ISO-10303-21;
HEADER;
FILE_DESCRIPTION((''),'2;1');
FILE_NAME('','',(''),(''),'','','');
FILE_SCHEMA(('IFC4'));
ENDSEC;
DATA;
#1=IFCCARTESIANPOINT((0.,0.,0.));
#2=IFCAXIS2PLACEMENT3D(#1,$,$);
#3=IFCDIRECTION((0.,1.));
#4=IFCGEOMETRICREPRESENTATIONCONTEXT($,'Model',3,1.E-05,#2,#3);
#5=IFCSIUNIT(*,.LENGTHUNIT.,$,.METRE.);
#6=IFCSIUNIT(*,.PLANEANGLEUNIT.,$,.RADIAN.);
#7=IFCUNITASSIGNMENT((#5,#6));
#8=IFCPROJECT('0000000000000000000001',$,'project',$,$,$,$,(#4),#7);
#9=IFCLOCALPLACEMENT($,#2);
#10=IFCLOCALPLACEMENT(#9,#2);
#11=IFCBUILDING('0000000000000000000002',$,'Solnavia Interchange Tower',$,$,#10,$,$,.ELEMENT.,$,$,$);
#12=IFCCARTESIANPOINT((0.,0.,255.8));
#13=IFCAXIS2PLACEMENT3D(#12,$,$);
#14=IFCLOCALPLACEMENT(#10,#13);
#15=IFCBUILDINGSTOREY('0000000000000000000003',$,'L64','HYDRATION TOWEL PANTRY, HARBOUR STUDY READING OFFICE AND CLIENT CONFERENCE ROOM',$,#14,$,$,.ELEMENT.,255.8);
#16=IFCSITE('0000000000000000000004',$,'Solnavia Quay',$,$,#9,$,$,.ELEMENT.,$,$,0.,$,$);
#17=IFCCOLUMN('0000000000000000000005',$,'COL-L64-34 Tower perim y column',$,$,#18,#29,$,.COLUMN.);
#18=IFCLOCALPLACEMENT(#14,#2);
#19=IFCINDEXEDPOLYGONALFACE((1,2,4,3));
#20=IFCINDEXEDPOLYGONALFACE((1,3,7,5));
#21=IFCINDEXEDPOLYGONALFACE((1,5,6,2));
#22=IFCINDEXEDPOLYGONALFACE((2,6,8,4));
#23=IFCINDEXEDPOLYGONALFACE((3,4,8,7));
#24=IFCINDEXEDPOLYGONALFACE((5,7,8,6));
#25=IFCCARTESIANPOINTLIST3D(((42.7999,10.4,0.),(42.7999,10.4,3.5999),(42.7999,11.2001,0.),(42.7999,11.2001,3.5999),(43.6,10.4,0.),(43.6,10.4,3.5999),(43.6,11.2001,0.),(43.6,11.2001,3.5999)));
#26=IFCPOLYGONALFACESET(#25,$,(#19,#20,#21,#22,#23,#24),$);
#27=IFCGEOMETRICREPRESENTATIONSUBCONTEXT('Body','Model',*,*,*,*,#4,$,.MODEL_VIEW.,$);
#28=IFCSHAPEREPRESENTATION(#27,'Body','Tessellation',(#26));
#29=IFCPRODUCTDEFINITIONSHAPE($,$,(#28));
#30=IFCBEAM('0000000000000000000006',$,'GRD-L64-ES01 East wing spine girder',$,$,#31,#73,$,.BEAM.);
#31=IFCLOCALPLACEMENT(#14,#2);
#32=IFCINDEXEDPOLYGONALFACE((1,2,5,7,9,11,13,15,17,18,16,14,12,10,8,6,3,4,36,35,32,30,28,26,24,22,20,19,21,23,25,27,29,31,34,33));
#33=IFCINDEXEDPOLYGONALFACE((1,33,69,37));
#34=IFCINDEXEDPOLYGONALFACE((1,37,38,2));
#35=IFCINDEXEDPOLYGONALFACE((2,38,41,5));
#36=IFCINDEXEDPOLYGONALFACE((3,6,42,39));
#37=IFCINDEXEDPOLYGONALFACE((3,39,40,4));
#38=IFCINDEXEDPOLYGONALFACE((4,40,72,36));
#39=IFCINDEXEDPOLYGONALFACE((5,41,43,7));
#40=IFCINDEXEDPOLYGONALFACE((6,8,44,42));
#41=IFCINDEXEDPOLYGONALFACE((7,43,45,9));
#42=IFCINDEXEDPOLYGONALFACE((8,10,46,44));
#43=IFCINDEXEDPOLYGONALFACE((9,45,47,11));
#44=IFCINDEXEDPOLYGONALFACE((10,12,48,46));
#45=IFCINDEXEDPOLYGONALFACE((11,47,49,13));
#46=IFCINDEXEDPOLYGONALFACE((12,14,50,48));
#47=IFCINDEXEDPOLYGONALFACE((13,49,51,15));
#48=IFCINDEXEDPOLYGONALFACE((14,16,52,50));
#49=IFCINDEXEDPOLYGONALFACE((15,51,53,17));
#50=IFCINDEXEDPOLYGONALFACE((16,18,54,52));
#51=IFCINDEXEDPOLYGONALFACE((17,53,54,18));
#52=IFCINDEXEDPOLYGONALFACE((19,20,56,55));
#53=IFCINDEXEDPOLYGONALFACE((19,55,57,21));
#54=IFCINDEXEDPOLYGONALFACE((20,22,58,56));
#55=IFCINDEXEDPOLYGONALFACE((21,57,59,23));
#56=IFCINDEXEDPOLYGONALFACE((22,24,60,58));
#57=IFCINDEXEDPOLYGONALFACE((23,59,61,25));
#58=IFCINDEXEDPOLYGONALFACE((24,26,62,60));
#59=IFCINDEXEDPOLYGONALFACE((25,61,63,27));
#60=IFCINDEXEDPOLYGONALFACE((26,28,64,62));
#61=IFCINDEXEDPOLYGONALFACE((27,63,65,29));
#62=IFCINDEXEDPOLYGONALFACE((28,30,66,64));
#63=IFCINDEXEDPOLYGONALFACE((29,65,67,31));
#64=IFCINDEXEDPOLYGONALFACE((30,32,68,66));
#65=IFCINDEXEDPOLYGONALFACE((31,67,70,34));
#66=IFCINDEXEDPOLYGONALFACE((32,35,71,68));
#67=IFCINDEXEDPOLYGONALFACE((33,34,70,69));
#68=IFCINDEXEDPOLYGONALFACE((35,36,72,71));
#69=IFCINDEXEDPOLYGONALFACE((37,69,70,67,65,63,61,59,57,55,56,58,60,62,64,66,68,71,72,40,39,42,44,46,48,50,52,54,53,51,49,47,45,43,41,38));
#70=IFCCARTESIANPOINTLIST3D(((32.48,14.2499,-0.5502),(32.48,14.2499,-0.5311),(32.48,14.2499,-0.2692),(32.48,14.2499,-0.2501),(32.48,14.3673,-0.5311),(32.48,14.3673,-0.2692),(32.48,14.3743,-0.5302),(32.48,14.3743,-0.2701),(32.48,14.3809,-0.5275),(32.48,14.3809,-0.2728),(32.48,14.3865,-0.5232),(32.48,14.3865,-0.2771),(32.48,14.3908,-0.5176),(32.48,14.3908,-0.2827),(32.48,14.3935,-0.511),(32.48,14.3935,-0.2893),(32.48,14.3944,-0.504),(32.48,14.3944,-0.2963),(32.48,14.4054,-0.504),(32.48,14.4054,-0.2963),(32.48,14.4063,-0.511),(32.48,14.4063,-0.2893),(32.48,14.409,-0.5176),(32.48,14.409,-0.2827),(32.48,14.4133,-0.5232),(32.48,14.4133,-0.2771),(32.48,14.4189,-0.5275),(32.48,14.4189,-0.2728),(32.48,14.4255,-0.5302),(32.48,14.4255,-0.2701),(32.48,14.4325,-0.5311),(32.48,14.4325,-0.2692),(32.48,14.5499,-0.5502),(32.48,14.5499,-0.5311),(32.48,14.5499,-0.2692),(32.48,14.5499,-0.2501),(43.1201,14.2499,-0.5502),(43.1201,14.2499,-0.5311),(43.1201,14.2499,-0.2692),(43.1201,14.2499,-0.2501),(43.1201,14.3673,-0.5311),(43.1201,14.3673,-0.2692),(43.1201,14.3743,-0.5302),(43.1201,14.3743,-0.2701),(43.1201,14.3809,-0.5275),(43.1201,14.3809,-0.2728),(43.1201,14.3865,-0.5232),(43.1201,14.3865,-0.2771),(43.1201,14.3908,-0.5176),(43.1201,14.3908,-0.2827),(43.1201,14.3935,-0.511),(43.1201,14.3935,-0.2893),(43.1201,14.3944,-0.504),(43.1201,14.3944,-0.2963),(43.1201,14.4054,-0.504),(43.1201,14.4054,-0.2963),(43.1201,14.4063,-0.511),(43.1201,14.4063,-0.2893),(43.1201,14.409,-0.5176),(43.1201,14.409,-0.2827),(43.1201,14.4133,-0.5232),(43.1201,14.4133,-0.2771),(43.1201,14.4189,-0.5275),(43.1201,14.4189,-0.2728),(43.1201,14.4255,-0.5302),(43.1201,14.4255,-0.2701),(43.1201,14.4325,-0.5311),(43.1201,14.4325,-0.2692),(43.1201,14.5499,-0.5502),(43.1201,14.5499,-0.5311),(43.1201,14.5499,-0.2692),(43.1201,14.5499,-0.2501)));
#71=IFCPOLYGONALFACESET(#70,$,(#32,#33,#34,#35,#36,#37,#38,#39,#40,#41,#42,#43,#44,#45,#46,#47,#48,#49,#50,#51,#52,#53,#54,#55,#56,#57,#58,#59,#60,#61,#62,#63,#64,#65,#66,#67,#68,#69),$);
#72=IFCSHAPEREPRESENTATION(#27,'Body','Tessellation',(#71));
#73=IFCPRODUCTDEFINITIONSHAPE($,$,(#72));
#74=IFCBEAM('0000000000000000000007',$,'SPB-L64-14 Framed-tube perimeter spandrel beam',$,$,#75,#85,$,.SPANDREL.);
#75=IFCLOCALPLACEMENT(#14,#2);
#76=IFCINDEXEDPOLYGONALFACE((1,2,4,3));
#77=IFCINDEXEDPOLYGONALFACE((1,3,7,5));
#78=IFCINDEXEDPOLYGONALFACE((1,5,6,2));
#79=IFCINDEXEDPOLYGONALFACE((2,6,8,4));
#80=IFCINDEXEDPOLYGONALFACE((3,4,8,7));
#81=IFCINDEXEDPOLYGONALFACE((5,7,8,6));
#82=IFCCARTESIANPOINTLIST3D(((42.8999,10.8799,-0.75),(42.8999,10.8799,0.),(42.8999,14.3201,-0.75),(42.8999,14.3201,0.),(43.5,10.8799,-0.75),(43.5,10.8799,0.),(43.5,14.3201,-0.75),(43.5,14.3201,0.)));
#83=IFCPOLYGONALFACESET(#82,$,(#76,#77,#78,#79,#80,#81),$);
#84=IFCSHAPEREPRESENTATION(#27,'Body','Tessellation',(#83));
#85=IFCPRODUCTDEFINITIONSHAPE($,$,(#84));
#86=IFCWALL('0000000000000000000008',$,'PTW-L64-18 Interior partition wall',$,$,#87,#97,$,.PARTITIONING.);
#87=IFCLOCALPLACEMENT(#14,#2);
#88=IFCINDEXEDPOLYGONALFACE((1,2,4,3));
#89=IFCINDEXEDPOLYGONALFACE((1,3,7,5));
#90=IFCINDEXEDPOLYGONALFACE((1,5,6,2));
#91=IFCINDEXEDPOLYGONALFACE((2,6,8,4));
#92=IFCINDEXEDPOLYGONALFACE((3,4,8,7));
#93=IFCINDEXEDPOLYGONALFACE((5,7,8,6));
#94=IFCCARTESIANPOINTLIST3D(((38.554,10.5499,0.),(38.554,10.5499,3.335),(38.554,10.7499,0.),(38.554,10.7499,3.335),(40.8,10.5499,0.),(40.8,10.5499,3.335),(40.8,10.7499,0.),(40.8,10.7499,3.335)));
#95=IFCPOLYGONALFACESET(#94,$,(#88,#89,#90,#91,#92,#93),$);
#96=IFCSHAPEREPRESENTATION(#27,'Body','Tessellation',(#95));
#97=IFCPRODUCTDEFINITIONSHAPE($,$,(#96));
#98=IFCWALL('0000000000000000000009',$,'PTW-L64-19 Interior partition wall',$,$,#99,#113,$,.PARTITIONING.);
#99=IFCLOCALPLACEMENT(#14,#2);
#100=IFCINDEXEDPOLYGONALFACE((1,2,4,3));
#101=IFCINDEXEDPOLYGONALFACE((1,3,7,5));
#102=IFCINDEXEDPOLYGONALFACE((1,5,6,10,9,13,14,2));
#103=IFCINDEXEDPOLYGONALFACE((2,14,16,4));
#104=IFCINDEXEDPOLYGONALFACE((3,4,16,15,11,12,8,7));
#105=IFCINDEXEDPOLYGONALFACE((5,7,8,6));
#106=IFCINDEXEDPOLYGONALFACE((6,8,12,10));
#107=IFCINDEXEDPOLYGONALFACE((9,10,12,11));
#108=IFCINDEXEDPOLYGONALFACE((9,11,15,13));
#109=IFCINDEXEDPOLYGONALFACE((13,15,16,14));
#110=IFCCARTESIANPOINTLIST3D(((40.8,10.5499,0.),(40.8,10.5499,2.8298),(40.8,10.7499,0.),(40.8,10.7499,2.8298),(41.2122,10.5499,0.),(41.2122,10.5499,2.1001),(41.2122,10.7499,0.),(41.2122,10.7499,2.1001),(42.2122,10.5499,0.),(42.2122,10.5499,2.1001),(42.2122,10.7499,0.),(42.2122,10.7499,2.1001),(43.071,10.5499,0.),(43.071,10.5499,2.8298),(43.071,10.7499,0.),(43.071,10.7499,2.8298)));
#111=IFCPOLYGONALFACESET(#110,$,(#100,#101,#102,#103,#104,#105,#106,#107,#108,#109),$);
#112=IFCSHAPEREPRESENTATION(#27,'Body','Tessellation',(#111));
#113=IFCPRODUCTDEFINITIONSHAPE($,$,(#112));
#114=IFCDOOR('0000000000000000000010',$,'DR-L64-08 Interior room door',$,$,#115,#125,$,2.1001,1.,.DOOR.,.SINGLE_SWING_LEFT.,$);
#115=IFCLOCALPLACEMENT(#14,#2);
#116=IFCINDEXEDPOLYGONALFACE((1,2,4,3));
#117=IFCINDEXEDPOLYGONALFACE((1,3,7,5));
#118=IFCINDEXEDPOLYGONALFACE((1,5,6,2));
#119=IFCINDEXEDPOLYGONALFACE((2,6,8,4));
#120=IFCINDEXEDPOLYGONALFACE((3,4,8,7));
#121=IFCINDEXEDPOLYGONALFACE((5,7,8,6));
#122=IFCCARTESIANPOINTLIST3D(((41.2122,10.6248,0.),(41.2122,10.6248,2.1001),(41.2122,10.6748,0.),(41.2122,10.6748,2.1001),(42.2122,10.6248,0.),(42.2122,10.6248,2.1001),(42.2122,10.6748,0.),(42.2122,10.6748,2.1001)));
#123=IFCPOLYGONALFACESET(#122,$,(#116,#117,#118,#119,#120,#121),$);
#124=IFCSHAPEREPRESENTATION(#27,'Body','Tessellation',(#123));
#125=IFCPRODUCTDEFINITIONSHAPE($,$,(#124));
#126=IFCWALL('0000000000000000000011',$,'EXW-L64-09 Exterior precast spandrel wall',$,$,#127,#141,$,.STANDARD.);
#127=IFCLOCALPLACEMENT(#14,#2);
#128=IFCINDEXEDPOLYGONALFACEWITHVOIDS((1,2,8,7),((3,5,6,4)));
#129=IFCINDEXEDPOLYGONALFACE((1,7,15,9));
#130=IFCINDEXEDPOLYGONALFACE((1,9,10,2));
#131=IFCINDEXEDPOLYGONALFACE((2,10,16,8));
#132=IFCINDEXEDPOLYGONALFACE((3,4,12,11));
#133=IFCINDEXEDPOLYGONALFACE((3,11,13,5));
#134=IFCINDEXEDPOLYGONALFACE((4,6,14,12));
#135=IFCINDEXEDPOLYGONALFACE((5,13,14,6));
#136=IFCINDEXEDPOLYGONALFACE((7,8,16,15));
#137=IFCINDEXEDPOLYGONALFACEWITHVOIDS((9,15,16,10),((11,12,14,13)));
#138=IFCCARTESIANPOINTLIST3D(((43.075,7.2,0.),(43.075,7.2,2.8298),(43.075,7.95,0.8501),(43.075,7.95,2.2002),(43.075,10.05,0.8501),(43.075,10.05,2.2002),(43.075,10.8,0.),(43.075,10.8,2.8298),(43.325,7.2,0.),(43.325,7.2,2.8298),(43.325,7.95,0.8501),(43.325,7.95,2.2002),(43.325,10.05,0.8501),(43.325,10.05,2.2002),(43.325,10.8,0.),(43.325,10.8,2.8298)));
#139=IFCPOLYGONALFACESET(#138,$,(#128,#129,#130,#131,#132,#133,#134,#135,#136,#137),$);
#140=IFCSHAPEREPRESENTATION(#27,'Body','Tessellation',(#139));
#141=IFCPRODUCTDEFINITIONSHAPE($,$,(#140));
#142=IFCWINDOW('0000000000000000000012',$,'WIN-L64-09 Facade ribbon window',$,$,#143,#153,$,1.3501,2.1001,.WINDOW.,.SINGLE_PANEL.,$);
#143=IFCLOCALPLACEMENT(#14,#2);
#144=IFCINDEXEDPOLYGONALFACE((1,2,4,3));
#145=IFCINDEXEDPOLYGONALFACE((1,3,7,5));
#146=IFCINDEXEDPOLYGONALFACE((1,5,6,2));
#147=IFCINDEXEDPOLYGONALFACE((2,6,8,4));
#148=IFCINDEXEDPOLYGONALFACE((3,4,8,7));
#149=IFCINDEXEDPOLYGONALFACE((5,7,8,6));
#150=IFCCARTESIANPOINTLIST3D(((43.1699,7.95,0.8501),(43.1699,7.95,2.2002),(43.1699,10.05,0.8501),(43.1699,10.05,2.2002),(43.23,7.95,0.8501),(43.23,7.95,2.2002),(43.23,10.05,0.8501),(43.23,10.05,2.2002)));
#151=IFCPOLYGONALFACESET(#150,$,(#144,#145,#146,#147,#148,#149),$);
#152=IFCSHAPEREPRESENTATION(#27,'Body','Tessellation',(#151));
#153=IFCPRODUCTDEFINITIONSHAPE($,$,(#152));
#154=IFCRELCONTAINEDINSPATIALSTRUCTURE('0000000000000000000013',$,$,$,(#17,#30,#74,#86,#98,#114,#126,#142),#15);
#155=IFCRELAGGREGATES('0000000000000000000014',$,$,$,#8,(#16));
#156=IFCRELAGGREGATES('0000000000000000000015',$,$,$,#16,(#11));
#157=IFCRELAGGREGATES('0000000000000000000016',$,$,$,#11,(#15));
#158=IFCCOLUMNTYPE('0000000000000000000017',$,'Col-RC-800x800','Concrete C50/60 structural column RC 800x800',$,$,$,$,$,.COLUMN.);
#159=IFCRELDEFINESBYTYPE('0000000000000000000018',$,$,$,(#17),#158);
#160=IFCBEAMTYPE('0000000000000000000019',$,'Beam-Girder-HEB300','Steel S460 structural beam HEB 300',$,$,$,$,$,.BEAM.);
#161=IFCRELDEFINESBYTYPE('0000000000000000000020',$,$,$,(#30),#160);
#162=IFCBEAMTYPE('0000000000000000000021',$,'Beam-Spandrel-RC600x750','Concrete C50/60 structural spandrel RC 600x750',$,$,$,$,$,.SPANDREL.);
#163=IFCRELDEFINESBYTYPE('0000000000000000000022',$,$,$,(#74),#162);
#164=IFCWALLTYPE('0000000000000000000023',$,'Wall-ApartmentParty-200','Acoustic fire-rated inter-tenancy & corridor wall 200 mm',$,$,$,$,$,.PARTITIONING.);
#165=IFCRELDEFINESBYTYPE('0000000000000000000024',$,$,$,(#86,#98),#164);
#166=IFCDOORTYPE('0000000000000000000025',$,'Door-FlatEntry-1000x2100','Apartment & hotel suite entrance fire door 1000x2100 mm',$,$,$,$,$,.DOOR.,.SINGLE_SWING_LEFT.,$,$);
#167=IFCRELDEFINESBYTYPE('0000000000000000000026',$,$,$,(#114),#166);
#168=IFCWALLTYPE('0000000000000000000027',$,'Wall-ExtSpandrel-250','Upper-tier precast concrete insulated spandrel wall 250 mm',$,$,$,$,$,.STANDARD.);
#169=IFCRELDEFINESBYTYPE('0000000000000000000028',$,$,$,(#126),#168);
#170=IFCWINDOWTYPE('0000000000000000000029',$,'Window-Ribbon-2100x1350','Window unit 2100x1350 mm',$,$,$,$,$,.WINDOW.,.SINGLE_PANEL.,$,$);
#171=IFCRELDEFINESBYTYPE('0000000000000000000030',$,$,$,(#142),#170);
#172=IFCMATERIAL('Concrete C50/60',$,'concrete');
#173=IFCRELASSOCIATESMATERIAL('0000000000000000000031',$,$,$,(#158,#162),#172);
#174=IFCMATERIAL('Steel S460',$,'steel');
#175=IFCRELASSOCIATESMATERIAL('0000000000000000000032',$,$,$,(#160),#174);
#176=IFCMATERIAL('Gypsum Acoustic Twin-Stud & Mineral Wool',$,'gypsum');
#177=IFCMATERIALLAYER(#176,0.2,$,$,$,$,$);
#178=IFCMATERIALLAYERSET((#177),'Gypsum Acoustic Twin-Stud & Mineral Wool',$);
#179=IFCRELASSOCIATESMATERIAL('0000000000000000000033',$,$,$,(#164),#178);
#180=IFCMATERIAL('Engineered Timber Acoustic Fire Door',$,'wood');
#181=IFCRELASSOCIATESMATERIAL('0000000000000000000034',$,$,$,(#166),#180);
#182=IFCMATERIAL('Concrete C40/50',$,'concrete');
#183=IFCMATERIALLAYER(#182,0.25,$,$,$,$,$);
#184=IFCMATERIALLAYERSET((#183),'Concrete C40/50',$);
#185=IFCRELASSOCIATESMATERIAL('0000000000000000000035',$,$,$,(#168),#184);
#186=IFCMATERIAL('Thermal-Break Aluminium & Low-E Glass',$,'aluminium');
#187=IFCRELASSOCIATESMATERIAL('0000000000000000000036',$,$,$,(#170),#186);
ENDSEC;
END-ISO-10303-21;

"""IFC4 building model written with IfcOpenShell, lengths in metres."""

from ifc_helpers import new_model, si_unit, direction, frame, frame_2d, origin, origin_2d, place, context, subcontext, project, spatial, rectangle, i_section, extrude, material, layer, layer_set, material_profile, profile_set, type_object, element, fill, save


model = new_model("IFC4")

# Units and contexts
model_context = context("Model", 3, precision=1e-05, world=origin(), true_north=direction((0.0, 1.0)))
body_context = subcontext(model_context, "Body", "Model", "MODEL_VIEW")
ifc_project = project(units=[si_unit("LENGTHUNIT", "METRE"), si_unit("PLANEANGLEUNIT", "RADIAN")], contexts=[model_context])

# Site, building, storey
site_placement = place(None, origin())
site = spatial("IfcSite", under=ifc_project, at=site_placement, Name="Solnavia Quay", CompositionType="ELEMENT", RefElevation=0.0)
building_placement = place(site_placement, origin())
building = spatial("IfcBuilding", under=site, at=building_placement, Name="Solnavia Interchange Tower", CompositionType="ELEMENT")
storey_placement = place(building_placement, frame((0.0, 0.0, 255.8)))
storey = spatial("IfcBuildingStorey", under=building, at=storey_placement, Name="L64", Description="HYDRATION TOWEL PANTRY, HARBOUR STUDY READING OFFICE AND CLIENT CONFERENCE ROOM", CompositionType="ELEMENT", Elevation=255.8)

# Column
ifc_material_1 = material(Name="Concrete C50/60", Category="concrete")
ifc_material_profile_1 = material_profile(ifc_material_1, rectangle(XDim=0.8, YDim=0.8, at=origin_2d()), Name="RC 800x800")
ifc_profile_set_1 = profile_set([ifc_material_profile_1], Name="Concrete C50/60")
column_type = type_object("IfcColumnType", Name="Col-RC-800x800", Description="Concrete C50/60 structural column RC 800x800", PredefinedType="COLUMN", material=ifc_profile_set_1)
column_placement = place(storey_placement, frame((43.2, 10.8, 0.0), z_axis=(0.0, 0.0, 1.0), x_axis=(0.0, 1.0, 0.0)))
element("IfcColumn", 1, at=column_placement, inside=storey, type_object=column_type, Name="COL-L64-34 Tower perim y column", PredefinedType="COLUMN", context=body_context, shape_type="SweptSolid", body=[
    extrude(rectangle(XDim=0.8, YDim=0.8, at=origin_2d()), origin(), (0.0, 0.0, 1.0), 3.5999),
])

# Beams
ifc_material_2 = material(Name="Steel S460", Category="steel")
ifc_material_profile_2 = material_profile(ifc_material_2, i_section(OverallWidth=0.3, OverallDepth=0.3, WebThickness=0.011, FlangeThickness=0.019, FilletRadius=0.0271, at=origin_2d()), Name="HEB 300")
ifc_profile_set_2 = profile_set([ifc_material_profile_2], Name="Steel S460")
beam_type_1 = type_object("IfcBeamType", Name="Beam-Girder-HEB300", Description="Steel S460 structural beam HEB 300", PredefinedType="BEAM", material=ifc_profile_set_2)
beam_1_placement = place(storey_placement, frame((32.48, 14.3999, -0.4001), z_axis=(1.0, 0.0, 0.0), x_axis=(0.0, 1.0, 0.0)))
element("IfcBeam", 2, at=beam_1_placement, inside=storey, type_object=beam_type_1, Name="GRD-L64-ES01 East wing spine girder", PredefinedType="BEAM", context=body_context, shape_type="SweptSolid", body=[
    extrude(i_section(OverallWidth=0.3, OverallDepth=0.3, WebThickness=0.011, FlangeThickness=0.019, FilletRadius=0.0271, at=origin_2d()), origin(), (0.0, 0.0, 1.0), 10.6401),
])
ifc_material_profile_3 = material_profile(ifc_material_1, rectangle(XDim=0.6001, YDim=0.75, at=origin_2d()), Name="RC 600x750")
ifc_profile_set_3 = profile_set([ifc_material_profile_3], Name="Concrete C50/60")
beam_type_2 = type_object("IfcBeamType", Name="Beam-Spandrel-RC600x750", Description="Concrete C50/60 structural spandrel RC 600x750", PredefinedType="SPANDREL", material=ifc_profile_set_3)
beam_2_placement = place(storey_placement, frame((43.2, 10.8799, -0.375), z_axis=(0.0, 1.0, 0.0), x_axis=(-1.0, 0.0, 0.0)))
element("IfcBeam", 3, at=beam_2_placement, inside=storey, type_object=beam_type_2, Name="SPB-L64-14 Framed-tube perimeter spandrel beam", PredefinedType="SPANDREL", context=body_context, shape_type="SweptSolid", body=[
    extrude(rectangle(XDim=0.6001, YDim=0.75, at=origin_2d()), origin(), (0.0, 0.0, 1.0), 3.4402),
])

# Wall
ifc_material_3 = material(Name="Gypsum Acoustic Twin-Stud & Mineral Wool", Category="gypsum")
ifc_layer_1 = layer(ifc_material_3, 0.2)
ifc_layer_set_1 = layer_set([ifc_layer_1], Name="Gypsum Acoustic Twin-Stud & Mineral Wool")
wall_type_1 = type_object("IfcWallType", Name="Wall-ApartmentParty-200", Description="Acoustic fire-rated inter-tenancy & corridor wall 200 mm", PredefinedType="PARTITIONING", material=ifc_layer_set_1)
wall_1_placement = place(storey_placement, frame((38.554, 10.6499, 0.0), z_axis=(0.0, 0.0, 1.0), x_axis=(1.0, 0.0, 0.0)))
element("IfcWall", 4, at=wall_1_placement, inside=storey, type_object=wall_type_1, Name="PTW-L64-18 Interior partition wall", PredefinedType="PARTITIONING", context=body_context, shape_type="SweptSolid", body=[
    extrude(rectangle(XDim=2.2461, YDim=0.2, at=frame_2d((1.123, 0.0))), origin(), (0.0, 0.0, 1.0), 3.335),
])

# Wall, opening, door
wall_2_placement = place(storey_placement, frame((40.8, 10.6499, 0.0), z_axis=(0.0, 0.0, 1.0), x_axis=(1.0, 0.0, 0.0)))
wall_2 = element("IfcWall", 5, at=wall_2_placement, inside=storey, type_object=wall_type_1, Name="PTW-L64-19 Interior partition wall", PredefinedType="PARTITIONING", context=body_context, shape_type="SweptSolid", body=[
    extrude(rectangle(XDim=2.271, YDim=0.2, at=frame_2d((1.1355, 0.0))), origin(), (0.0, 0.0, 1.0), 2.8298),
])
opening_1_placement = place(wall_2_placement, frame((0.4121, 0.0, 0.0)))
opening_1 = element("IfcOpeningElement", 6, at=opening_1_placement, cuts=wall_2, PredefinedType="OPENING", context=body_context, shape_type="SweptSolid", body=[
    extrude(rectangle(XDim=1.0, YDim=2.1001, at=frame_2d((0.5, 1.05))), frame((0.0, 0.1099, 0.0), z_axis=(0.0, -1.0, 0.0), x_axis=(1.0, 0.0, 0.0)), (0.0, 0.0, 1.0), 0.22),
])
ifc_material_4 = material(Name="Engineered Timber Acoustic Fire Door", Category="wood")
door_type_1 = type_object("IfcDoorType", Name="Door-FlatEntry-1000x2100", Description="Apartment & hotel suite entrance fire door 1000x2100 mm", OperationType="SINGLE_SWING_LEFT", PredefinedType="DOOR", material=ifc_material_4)
door_1_placement = place(opening_1_placement, origin())
door_1 = element("IfcDoor", 7, at=door_1_placement, inside=storey, type_object=door_type_1, Name="DR-L64-08 Interior room door", OperationType="SINGLE_SWING_LEFT", OverallHeight=2.1001, OverallWidth=1.0, PredefinedType="DOOR", context=body_context, shape_type="SweptSolid", body=[
    extrude(rectangle(XDim=1.0, YDim=2.1001, at=frame_2d((0.5, 1.05))), frame((0.0, 0.0249, 0.0), z_axis=(0.0, -1.0, 0.0), x_axis=(1.0, 0.0, 0.0)), (0.0, 0.0, 1.0), 0.05),
])
fill(opening_1, door_1)

# Wall, opening, window
ifc_material_5 = material(Name="Concrete C40/50", Category="concrete")
ifc_layer_2 = layer(ifc_material_5, 0.25)
ifc_layer_set_2 = layer_set([ifc_layer_2], Name="Concrete C40/50")
wall_type_2 = type_object("IfcWallType", Name="Wall-ExtSpandrel-250", Description="Upper-tier precast concrete insulated spandrel wall 250 mm", PredefinedType="STANDARD", material=ifc_layer_set_2)
wall_3_placement = place(storey_placement, frame((43.2, 10.8, 0.0), z_axis=(0.0, 0.0, 1.0), x_axis=(0.0, -1.0, 0.0)))
wall_3 = element("IfcWall", 8, at=wall_3_placement, inside=storey, type_object=wall_type_2, Name="EXW-L64-09 Exterior precast spandrel wall", PredefinedType="STANDARD", context=body_context, shape_type="SweptSolid", body=[
    extrude(rectangle(XDim=3.6001, YDim=0.25, at=frame_2d((1.8, 0.0))), origin(), (0.0, 0.0, 1.0), 2.8298),
])
opening_2_placement = place(wall_3_placement, frame((0.75, 0.0, 0.8501)))
opening_2 = element("IfcOpeningElement", 9, at=opening_2_placement, cuts=wall_3, PredefinedType="OPENING", context=body_context, shape_type="SweptSolid", body=[
    extrude(rectangle(XDim=2.1001, YDim=1.3501, at=frame_2d((1.05, 0.675))), frame((0.0, 0.135, 0.0), z_axis=(0.0, -1.0, 0.0), x_axis=(1.0, 0.0, 0.0)), (0.0, 0.0, 1.0), 0.27),
])
ifc_material_6 = material(Name="Thermal-Break Aluminium & Low-E Glass", Category="aluminium")
window_type = type_object("IfcWindowType", Name="Window-Ribbon-2100x1350", Description="Window unit 2100x1350 mm", PartitioningType="SINGLE_PANEL", PredefinedType="WINDOW", material=ifc_material_6)
window_placement = place(opening_2_placement, origin())
window = element("IfcWindow", 10, at=window_placement, inside=storey, type_object=window_type, Name="WIN-L64-09 Facade ribbon window", OverallHeight=1.3501, OverallWidth=2.1001, PartitioningType="SINGLE_PANEL", PredefinedType="WINDOW", context=body_context, shape_type="SweptSolid", body=[
    extrude(rectangle(XDim=2.1001, YDim=1.3501, at=frame_2d((1.05, 0.675))), frame((0.0, 0.03, 0.0), z_axis=(0.0, -1.0, 0.0), x_axis=(1.0, 0.0, 0.0)), (0.0, 0.0, 1.0), 0.0601),
])
fill(opening_2, window)

save(model, "model.ifc")
